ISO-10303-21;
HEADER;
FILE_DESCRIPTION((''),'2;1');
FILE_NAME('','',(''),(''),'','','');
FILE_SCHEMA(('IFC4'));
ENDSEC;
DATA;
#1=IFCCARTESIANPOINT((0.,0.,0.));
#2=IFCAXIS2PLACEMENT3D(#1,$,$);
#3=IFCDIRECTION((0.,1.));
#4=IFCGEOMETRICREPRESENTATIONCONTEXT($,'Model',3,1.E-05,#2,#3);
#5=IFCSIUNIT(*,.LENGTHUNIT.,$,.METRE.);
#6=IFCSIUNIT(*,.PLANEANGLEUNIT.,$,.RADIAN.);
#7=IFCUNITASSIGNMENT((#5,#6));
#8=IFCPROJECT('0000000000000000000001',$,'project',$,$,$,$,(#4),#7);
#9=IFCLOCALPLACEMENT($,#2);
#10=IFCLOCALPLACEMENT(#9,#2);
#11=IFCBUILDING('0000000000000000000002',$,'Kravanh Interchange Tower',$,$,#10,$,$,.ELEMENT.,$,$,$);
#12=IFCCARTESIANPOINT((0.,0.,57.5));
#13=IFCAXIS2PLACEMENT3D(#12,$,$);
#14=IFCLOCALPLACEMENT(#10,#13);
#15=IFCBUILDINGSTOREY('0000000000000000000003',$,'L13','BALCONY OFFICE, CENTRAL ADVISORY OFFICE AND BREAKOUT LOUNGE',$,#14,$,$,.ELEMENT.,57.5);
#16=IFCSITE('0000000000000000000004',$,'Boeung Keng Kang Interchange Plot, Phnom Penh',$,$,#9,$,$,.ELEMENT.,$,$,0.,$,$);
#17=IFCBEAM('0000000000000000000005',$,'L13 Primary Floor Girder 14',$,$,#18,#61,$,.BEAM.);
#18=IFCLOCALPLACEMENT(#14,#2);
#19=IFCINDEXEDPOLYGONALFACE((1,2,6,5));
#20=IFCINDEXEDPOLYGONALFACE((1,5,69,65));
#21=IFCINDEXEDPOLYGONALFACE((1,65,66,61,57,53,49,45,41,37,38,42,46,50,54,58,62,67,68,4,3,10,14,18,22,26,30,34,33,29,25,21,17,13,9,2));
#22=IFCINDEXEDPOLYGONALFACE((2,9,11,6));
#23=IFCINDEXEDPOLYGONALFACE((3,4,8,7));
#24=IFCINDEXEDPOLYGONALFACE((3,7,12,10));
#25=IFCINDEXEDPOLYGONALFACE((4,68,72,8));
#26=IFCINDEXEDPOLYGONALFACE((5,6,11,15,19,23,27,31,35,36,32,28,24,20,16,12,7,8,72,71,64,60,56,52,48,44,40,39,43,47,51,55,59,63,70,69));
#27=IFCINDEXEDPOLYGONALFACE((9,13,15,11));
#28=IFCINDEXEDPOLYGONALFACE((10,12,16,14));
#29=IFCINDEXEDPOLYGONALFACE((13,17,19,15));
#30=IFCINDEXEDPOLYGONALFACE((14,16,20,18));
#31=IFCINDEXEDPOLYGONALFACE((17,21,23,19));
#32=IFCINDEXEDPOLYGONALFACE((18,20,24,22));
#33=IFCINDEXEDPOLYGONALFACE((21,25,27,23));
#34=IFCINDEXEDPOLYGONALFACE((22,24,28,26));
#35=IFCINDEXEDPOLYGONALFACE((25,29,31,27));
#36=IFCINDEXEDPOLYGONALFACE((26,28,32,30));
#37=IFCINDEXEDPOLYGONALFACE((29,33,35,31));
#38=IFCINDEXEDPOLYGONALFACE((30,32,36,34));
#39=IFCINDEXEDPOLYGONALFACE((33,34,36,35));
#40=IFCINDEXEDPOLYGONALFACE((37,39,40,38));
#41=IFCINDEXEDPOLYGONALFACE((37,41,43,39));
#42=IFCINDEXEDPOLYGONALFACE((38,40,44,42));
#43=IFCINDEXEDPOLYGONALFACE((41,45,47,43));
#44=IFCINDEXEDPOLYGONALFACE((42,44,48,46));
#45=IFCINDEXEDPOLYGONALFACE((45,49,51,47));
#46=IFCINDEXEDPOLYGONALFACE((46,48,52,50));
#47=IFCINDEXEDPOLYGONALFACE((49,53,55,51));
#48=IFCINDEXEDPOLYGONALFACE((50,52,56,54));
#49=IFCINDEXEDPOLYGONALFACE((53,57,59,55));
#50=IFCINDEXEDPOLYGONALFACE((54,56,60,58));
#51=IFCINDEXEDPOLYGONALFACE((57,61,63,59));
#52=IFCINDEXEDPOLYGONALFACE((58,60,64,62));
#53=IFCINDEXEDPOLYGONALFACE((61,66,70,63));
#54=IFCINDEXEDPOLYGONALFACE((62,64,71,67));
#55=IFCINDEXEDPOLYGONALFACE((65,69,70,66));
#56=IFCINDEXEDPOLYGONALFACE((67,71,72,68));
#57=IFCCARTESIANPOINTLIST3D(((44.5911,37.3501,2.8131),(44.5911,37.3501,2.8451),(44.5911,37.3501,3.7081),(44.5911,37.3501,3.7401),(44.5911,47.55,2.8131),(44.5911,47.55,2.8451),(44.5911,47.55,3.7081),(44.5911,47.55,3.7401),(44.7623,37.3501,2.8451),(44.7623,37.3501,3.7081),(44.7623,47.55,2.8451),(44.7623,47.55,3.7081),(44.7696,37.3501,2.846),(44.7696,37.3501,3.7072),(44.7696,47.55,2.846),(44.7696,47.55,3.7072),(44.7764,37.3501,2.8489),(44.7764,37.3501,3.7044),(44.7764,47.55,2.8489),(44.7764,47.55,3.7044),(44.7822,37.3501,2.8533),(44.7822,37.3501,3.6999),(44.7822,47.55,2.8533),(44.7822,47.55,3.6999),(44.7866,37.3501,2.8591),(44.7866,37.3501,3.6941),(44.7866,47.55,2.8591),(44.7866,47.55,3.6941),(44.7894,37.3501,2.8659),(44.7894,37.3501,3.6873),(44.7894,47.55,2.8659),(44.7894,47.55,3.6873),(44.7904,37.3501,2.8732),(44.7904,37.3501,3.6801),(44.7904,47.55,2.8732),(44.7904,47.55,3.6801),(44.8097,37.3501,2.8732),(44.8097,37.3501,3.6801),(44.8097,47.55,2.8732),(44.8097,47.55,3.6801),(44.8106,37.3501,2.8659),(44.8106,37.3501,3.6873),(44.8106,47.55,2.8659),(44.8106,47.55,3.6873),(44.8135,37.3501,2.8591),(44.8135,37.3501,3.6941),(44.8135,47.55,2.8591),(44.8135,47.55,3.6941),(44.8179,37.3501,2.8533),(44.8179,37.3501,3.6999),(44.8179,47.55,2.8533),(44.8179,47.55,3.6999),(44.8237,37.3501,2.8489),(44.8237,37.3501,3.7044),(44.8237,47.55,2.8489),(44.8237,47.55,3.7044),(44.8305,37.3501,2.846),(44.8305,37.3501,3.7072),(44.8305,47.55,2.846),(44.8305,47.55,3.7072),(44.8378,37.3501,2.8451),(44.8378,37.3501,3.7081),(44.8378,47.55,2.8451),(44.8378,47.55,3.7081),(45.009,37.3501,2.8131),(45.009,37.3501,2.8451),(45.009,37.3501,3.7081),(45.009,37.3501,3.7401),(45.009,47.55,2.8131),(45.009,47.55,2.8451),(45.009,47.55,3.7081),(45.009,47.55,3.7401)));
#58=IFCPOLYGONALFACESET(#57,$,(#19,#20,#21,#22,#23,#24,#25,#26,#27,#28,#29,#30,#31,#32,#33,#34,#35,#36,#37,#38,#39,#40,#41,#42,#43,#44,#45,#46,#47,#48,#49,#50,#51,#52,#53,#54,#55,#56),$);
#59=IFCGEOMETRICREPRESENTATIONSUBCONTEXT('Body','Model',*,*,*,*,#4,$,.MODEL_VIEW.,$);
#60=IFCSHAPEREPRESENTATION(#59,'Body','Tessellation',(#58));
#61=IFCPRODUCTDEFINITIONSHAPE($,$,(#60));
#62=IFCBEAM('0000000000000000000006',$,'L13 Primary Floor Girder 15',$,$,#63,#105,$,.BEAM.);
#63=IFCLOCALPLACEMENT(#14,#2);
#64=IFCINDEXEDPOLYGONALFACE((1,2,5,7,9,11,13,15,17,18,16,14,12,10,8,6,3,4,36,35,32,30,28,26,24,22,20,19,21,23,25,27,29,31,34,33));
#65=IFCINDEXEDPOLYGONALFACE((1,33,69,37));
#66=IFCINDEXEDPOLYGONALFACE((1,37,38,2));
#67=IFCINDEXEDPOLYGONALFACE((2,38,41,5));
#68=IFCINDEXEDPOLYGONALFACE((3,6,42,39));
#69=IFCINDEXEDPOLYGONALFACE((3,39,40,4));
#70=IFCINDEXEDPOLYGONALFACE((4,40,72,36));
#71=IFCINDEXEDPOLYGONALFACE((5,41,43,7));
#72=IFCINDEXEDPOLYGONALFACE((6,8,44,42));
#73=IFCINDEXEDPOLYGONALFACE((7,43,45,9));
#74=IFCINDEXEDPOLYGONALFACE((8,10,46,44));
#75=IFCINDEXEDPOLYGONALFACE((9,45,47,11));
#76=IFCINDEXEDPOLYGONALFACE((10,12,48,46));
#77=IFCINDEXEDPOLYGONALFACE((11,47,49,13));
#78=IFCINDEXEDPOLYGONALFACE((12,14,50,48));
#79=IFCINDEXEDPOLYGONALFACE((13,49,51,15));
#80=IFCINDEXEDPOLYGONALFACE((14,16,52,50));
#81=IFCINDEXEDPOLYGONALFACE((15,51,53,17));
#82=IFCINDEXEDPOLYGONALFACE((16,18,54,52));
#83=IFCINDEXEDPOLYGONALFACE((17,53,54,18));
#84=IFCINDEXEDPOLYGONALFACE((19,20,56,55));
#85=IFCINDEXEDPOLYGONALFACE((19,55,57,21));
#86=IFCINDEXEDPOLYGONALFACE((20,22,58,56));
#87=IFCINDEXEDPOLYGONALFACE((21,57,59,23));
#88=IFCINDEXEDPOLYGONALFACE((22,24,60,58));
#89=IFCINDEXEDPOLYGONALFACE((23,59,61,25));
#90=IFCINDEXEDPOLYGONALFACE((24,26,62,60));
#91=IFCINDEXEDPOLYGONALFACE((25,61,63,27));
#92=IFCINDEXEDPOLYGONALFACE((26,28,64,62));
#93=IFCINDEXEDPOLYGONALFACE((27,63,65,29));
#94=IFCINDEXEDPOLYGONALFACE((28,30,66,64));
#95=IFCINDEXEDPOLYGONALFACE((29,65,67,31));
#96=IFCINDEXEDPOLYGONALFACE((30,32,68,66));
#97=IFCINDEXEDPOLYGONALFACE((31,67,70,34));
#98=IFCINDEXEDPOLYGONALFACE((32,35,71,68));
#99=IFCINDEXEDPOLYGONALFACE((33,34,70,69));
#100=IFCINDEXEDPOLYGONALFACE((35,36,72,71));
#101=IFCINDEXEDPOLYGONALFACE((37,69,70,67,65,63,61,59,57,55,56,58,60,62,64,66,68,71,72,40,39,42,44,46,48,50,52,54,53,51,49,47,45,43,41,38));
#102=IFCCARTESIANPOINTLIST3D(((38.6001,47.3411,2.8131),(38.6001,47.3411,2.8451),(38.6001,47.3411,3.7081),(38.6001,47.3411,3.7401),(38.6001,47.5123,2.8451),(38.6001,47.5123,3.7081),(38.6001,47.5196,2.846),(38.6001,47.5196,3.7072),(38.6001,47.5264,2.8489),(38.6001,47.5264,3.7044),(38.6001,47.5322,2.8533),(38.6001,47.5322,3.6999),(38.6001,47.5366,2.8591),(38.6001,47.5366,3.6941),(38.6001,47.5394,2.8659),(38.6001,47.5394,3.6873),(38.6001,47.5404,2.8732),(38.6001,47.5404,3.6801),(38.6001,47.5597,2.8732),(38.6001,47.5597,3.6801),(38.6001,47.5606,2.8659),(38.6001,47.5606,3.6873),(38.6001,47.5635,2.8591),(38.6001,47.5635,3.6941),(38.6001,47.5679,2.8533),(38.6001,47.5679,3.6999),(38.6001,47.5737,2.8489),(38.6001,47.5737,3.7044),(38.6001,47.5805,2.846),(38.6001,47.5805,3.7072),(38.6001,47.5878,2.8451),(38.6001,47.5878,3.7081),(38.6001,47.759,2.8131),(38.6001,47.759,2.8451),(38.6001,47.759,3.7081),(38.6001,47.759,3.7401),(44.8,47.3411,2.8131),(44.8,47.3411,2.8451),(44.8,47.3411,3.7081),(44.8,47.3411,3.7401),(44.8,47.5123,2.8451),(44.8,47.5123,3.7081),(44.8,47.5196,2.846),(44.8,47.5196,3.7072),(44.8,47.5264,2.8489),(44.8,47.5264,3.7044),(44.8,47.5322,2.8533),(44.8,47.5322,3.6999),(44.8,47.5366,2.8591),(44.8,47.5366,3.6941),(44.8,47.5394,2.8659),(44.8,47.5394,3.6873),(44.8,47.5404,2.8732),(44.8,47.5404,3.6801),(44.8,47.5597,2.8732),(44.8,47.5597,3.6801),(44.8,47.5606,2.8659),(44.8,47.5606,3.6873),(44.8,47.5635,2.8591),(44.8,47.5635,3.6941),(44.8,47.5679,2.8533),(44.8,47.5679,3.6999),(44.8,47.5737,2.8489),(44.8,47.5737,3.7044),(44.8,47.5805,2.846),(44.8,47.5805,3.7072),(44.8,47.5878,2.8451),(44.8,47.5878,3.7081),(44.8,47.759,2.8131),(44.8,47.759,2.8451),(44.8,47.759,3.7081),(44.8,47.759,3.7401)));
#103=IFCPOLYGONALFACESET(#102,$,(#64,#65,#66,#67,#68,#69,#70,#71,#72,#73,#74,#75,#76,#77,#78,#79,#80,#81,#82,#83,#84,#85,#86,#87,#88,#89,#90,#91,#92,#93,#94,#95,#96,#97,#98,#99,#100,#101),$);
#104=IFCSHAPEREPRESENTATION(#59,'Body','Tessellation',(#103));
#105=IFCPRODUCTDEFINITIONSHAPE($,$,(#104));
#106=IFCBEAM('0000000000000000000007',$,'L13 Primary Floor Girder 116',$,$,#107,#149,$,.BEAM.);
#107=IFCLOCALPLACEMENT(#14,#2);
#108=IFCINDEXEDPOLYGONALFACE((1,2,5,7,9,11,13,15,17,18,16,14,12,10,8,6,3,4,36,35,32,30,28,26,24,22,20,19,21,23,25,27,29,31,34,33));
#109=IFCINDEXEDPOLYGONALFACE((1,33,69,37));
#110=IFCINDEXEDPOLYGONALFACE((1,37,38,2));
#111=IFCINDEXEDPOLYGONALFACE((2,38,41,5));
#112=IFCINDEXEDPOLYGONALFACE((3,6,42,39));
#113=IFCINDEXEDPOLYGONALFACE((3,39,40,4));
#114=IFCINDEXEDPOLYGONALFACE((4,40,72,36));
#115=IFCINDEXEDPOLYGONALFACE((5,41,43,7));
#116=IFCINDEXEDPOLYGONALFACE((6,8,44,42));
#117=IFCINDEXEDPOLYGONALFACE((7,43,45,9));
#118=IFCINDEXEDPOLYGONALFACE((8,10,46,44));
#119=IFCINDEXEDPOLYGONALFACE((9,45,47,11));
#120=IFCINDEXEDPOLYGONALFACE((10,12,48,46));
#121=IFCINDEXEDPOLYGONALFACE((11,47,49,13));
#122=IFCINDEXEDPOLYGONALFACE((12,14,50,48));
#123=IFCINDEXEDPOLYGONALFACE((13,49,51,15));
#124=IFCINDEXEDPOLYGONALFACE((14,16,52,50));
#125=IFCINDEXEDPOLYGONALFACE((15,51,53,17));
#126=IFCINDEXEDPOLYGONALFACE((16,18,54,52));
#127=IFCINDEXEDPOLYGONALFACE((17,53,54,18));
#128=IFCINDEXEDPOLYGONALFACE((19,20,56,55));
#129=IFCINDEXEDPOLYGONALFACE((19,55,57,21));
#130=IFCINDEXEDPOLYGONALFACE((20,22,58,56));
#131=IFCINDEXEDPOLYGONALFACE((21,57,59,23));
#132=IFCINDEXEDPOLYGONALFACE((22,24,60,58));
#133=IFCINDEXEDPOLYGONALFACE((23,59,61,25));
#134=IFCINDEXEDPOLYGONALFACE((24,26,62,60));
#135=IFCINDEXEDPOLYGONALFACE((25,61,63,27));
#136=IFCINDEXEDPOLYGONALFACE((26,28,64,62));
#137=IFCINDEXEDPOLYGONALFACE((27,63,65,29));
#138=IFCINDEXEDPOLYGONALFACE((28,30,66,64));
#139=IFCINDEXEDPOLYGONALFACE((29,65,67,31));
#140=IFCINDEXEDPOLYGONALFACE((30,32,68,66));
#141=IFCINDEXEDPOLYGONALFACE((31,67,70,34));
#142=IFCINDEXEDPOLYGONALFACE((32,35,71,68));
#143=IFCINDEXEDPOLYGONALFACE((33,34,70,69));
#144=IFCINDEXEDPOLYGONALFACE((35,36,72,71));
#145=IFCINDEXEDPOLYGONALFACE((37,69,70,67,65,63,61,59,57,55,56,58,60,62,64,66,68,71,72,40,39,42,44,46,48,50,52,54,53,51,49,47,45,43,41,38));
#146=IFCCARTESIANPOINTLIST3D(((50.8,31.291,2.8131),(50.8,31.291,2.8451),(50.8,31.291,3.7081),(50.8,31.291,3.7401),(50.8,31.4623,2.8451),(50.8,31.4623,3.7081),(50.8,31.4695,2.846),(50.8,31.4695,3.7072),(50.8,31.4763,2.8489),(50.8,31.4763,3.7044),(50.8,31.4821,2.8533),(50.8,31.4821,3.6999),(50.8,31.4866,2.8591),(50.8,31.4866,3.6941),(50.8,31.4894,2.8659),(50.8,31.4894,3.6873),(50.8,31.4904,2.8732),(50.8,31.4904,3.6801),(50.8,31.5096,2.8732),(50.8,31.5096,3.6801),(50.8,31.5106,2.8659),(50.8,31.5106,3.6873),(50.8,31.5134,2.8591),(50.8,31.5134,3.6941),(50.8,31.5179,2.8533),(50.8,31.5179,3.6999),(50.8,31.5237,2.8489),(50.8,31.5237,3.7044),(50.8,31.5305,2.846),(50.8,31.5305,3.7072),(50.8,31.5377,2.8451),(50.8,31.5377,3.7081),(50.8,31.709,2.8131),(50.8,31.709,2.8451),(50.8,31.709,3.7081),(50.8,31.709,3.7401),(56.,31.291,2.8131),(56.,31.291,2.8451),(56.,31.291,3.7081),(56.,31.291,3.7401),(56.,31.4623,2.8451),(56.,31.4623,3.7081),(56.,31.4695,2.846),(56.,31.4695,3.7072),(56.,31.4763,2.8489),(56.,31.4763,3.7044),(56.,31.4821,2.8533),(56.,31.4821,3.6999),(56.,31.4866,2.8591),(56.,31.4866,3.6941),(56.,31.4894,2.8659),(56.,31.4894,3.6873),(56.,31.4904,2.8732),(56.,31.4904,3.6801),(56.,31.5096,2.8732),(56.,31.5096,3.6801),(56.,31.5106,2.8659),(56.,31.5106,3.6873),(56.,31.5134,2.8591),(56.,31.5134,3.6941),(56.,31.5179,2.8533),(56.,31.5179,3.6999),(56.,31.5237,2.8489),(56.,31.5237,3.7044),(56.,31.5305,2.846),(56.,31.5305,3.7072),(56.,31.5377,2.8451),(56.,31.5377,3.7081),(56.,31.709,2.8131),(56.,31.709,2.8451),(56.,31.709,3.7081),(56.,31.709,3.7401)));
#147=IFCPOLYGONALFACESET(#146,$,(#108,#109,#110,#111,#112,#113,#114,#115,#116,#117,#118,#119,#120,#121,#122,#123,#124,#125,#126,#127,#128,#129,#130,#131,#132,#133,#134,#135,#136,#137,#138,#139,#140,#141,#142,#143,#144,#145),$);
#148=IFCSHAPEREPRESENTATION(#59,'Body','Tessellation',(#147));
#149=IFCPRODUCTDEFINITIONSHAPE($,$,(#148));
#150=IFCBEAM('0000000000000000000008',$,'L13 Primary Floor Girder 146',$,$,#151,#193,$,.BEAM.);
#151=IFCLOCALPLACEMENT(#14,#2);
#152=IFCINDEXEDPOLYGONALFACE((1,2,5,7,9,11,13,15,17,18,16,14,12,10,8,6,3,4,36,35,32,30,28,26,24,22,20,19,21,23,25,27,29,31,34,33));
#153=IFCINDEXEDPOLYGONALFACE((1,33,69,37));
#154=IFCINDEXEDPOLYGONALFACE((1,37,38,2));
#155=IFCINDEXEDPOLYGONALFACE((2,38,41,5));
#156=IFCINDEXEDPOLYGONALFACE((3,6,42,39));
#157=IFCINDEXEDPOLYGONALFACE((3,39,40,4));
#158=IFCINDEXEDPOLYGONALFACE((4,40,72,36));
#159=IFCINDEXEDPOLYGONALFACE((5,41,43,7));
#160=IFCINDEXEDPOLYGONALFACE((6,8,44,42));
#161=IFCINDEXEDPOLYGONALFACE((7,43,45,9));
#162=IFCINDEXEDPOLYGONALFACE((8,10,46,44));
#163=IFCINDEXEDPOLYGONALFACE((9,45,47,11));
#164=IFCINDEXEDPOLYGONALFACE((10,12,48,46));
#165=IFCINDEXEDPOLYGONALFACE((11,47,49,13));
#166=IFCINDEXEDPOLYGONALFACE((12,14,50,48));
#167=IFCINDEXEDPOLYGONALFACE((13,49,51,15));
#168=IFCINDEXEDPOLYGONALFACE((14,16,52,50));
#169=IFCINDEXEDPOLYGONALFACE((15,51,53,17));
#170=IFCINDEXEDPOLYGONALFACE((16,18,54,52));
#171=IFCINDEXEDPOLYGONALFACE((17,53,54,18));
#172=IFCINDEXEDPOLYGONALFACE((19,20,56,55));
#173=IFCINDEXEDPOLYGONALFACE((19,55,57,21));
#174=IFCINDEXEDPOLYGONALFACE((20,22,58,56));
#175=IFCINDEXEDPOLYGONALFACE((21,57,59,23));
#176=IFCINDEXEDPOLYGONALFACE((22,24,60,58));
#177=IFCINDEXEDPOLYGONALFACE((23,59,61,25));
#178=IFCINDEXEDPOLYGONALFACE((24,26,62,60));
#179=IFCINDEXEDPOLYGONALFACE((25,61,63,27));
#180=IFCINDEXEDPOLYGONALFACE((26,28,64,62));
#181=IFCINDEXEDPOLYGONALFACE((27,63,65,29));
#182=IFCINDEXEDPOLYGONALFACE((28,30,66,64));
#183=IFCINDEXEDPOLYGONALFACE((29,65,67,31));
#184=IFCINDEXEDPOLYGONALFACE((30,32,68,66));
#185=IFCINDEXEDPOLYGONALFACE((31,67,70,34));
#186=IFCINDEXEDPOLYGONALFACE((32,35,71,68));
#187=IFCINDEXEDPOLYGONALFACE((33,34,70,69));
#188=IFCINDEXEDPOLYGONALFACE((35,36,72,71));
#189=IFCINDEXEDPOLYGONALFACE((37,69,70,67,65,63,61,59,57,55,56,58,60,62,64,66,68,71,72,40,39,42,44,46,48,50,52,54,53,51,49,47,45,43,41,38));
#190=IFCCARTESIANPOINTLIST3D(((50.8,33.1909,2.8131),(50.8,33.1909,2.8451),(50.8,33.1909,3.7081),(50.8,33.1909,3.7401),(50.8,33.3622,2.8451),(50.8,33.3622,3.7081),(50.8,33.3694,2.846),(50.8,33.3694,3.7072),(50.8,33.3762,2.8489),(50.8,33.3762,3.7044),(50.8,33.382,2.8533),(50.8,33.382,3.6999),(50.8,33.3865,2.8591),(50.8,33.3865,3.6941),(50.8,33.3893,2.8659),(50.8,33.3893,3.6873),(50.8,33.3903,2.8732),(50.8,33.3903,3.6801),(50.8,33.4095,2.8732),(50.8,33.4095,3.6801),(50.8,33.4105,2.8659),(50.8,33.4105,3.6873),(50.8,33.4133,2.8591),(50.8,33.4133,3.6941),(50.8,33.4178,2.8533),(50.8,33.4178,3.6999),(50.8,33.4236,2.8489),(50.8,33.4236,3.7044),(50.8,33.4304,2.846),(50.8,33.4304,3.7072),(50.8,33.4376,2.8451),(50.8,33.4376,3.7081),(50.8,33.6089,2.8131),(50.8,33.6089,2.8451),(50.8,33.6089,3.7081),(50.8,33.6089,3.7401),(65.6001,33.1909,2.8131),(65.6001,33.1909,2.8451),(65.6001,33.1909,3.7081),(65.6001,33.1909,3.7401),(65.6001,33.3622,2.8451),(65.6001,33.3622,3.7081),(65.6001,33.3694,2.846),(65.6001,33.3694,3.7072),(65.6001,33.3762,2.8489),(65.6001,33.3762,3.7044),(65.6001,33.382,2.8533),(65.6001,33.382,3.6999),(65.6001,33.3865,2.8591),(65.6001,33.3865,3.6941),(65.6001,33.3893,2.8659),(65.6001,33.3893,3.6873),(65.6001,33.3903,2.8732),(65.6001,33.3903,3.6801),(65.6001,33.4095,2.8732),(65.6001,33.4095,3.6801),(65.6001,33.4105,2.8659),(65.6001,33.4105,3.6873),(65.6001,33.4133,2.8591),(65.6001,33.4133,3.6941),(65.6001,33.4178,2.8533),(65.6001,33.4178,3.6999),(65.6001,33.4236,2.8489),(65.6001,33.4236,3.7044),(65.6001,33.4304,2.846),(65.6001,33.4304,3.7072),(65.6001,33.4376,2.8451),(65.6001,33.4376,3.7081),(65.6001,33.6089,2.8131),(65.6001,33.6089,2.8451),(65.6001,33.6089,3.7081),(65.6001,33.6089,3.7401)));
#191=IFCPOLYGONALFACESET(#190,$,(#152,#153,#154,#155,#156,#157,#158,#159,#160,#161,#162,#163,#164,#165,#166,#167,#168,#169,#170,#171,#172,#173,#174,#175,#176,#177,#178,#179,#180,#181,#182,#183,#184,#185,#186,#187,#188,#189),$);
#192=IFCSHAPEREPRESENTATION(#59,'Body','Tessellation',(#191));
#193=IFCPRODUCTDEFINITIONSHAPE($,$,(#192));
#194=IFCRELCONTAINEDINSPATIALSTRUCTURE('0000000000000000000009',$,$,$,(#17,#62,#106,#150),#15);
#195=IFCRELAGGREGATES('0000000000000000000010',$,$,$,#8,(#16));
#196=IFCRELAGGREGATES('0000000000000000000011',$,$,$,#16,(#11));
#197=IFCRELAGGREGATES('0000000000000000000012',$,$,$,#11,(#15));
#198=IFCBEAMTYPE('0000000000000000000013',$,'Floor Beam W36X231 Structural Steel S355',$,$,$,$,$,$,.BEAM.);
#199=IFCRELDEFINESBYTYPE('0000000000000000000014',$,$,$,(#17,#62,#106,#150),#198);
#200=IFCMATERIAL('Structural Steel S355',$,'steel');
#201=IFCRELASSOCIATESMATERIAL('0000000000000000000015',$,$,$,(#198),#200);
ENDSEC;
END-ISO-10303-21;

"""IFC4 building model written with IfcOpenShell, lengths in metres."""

from ifc_helpers import new_model, si_unit, direction, frame, origin, origin_2d, place, context, subcontext, project, spatial, i_section, extrude, material, material_profile, profile_set, type_object, element, save


model = new_model("IFC4")

# Units and contexts
model_context = context("Model", 3, precision=1e-05, world=origin(), true_north=direction((0.0, 1.0)))
body_context = subcontext(model_context, "Body", "Model", "MODEL_VIEW")
ifc_project = project(units=[si_unit("LENGTHUNIT", "METRE"), si_unit("PLANEANGLEUNIT", "RADIAN")], contexts=[model_context])

# Site, building, storey
site_placement = place(None, origin())
site = spatial("IfcSite", under=ifc_project, at=site_placement, Name="Boeung Keng Kang Interchange Plot, Phnom Penh", CompositionType="ELEMENT", RefElevation=0.0)
building_placement = place(site_placement, origin())
building = spatial("IfcBuilding", under=site, at=building_placement, Name="Kravanh Interchange Tower", CompositionType="ELEMENT")
storey_placement = place(building_placement, frame((0.0, 0.0, 57.5)))
storey = spatial("IfcBuildingStorey", under=building, at=storey_placement, Name="L13", Description="BALCONY OFFICE, CENTRAL ADVISORY OFFICE AND BREAKOUT LOUNGE", CompositionType="ELEMENT", Elevation=57.5)

# Beams
ifc_material_1 = material(Name="Structural Steel S355", Category="steel")
ifc_material_profile_1 = material_profile(ifc_material_1, i_section(OverallWidth=0.418, OverallDepth=0.927, WebThickness=0.0193, FlangeThickness=0.032, FilletRadius=0.0281, at=origin_2d()), Name="W36X231")
ifc_profile_set_1 = profile_set([ifc_material_profile_1], Name="Structural Steel S355")
beam_type_1 = type_object("IfcBeamType", Name="Floor Beam W36X231 Structural Steel S355", PredefinedType="BEAM", material=ifc_profile_set_1)
beam_1_placement = place(storey_placement, frame((44.8, 37.3501, 3.2766), z_axis=(0.0, 1.0, 0.0), x_axis=(-1.0, 0.0, 0.0)))
element("IfcBeam", 1, at=beam_1_placement, inside=storey, type_object=beam_type_1, Name="L13 Primary Floor Girder 14", PredefinedType="BEAM", context=body_context, shape_type="SweptSolid", body=[
    extrude(i_section(OverallWidth=0.418, OverallDepth=0.927, WebThickness=0.0193, FlangeThickness=0.032, FilletRadius=0.0281, at=origin_2d()), origin(), (0.0, 0.0, 1.0), 10.2),
])
beam_2_placement = place(storey_placement, frame((44.8, 47.55, 3.2766), z_axis=(-1.0, 0.0, 0.0), x_axis=(0.0, -1.0, 0.0)))
element("IfcBeam", 2, at=beam_2_placement, inside=storey, type_object=beam_type_1, Name="L13 Primary Floor Girder 15", PredefinedType="BEAM", context=body_context, shape_type="SweptSolid", body=[
    extrude(i_section(OverallWidth=0.418, OverallDepth=0.927, WebThickness=0.0193, FlangeThickness=0.032, FilletRadius=0.0281, at=origin_2d()), origin(), (0.0, 0.0, 1.0), 6.2),
])
beam_3_placement = place(storey_placement, frame((50.8, 31.5, 3.2766), z_axis=(1.0, 0.0, 0.0), x_axis=(0.0, 1.0, 0.0)))
element("IfcBeam", 3, at=beam_3_placement, inside=storey, type_object=beam_type_1, Name="L13 Primary Floor Girder 116", PredefinedType="BEAM", context=body_context, shape_type="SweptSolid", body=[
    extrude(i_section(OverallWidth=0.418, OverallDepth=0.927, WebThickness=0.0193, FlangeThickness=0.032, FilletRadius=0.0281, at=origin_2d()), origin(), (0.0, 0.0, 1.0), 5.2),
])
beam_4_placement = place(storey_placement, frame((50.8, 33.3999, 3.2766), z_axis=(1.0, 0.0, 0.0), x_axis=(0.0, 1.0, 0.0)))
element("IfcBeam", 4, at=beam_4_placement, inside=storey, type_object=beam_type_1, Name="L13 Primary Floor Girder 146", PredefinedType="BEAM", context=body_context, shape_type="SweptSolid", body=[
    extrude(i_section(OverallWidth=0.418, OverallDepth=0.927, WebThickness=0.0193, FlangeThickness=0.032, FilletRadius=0.0281, at=origin_2d()), origin(), (0.0, 0.0, 1.0), 14.8),
])

save(model, "model.ifc")
